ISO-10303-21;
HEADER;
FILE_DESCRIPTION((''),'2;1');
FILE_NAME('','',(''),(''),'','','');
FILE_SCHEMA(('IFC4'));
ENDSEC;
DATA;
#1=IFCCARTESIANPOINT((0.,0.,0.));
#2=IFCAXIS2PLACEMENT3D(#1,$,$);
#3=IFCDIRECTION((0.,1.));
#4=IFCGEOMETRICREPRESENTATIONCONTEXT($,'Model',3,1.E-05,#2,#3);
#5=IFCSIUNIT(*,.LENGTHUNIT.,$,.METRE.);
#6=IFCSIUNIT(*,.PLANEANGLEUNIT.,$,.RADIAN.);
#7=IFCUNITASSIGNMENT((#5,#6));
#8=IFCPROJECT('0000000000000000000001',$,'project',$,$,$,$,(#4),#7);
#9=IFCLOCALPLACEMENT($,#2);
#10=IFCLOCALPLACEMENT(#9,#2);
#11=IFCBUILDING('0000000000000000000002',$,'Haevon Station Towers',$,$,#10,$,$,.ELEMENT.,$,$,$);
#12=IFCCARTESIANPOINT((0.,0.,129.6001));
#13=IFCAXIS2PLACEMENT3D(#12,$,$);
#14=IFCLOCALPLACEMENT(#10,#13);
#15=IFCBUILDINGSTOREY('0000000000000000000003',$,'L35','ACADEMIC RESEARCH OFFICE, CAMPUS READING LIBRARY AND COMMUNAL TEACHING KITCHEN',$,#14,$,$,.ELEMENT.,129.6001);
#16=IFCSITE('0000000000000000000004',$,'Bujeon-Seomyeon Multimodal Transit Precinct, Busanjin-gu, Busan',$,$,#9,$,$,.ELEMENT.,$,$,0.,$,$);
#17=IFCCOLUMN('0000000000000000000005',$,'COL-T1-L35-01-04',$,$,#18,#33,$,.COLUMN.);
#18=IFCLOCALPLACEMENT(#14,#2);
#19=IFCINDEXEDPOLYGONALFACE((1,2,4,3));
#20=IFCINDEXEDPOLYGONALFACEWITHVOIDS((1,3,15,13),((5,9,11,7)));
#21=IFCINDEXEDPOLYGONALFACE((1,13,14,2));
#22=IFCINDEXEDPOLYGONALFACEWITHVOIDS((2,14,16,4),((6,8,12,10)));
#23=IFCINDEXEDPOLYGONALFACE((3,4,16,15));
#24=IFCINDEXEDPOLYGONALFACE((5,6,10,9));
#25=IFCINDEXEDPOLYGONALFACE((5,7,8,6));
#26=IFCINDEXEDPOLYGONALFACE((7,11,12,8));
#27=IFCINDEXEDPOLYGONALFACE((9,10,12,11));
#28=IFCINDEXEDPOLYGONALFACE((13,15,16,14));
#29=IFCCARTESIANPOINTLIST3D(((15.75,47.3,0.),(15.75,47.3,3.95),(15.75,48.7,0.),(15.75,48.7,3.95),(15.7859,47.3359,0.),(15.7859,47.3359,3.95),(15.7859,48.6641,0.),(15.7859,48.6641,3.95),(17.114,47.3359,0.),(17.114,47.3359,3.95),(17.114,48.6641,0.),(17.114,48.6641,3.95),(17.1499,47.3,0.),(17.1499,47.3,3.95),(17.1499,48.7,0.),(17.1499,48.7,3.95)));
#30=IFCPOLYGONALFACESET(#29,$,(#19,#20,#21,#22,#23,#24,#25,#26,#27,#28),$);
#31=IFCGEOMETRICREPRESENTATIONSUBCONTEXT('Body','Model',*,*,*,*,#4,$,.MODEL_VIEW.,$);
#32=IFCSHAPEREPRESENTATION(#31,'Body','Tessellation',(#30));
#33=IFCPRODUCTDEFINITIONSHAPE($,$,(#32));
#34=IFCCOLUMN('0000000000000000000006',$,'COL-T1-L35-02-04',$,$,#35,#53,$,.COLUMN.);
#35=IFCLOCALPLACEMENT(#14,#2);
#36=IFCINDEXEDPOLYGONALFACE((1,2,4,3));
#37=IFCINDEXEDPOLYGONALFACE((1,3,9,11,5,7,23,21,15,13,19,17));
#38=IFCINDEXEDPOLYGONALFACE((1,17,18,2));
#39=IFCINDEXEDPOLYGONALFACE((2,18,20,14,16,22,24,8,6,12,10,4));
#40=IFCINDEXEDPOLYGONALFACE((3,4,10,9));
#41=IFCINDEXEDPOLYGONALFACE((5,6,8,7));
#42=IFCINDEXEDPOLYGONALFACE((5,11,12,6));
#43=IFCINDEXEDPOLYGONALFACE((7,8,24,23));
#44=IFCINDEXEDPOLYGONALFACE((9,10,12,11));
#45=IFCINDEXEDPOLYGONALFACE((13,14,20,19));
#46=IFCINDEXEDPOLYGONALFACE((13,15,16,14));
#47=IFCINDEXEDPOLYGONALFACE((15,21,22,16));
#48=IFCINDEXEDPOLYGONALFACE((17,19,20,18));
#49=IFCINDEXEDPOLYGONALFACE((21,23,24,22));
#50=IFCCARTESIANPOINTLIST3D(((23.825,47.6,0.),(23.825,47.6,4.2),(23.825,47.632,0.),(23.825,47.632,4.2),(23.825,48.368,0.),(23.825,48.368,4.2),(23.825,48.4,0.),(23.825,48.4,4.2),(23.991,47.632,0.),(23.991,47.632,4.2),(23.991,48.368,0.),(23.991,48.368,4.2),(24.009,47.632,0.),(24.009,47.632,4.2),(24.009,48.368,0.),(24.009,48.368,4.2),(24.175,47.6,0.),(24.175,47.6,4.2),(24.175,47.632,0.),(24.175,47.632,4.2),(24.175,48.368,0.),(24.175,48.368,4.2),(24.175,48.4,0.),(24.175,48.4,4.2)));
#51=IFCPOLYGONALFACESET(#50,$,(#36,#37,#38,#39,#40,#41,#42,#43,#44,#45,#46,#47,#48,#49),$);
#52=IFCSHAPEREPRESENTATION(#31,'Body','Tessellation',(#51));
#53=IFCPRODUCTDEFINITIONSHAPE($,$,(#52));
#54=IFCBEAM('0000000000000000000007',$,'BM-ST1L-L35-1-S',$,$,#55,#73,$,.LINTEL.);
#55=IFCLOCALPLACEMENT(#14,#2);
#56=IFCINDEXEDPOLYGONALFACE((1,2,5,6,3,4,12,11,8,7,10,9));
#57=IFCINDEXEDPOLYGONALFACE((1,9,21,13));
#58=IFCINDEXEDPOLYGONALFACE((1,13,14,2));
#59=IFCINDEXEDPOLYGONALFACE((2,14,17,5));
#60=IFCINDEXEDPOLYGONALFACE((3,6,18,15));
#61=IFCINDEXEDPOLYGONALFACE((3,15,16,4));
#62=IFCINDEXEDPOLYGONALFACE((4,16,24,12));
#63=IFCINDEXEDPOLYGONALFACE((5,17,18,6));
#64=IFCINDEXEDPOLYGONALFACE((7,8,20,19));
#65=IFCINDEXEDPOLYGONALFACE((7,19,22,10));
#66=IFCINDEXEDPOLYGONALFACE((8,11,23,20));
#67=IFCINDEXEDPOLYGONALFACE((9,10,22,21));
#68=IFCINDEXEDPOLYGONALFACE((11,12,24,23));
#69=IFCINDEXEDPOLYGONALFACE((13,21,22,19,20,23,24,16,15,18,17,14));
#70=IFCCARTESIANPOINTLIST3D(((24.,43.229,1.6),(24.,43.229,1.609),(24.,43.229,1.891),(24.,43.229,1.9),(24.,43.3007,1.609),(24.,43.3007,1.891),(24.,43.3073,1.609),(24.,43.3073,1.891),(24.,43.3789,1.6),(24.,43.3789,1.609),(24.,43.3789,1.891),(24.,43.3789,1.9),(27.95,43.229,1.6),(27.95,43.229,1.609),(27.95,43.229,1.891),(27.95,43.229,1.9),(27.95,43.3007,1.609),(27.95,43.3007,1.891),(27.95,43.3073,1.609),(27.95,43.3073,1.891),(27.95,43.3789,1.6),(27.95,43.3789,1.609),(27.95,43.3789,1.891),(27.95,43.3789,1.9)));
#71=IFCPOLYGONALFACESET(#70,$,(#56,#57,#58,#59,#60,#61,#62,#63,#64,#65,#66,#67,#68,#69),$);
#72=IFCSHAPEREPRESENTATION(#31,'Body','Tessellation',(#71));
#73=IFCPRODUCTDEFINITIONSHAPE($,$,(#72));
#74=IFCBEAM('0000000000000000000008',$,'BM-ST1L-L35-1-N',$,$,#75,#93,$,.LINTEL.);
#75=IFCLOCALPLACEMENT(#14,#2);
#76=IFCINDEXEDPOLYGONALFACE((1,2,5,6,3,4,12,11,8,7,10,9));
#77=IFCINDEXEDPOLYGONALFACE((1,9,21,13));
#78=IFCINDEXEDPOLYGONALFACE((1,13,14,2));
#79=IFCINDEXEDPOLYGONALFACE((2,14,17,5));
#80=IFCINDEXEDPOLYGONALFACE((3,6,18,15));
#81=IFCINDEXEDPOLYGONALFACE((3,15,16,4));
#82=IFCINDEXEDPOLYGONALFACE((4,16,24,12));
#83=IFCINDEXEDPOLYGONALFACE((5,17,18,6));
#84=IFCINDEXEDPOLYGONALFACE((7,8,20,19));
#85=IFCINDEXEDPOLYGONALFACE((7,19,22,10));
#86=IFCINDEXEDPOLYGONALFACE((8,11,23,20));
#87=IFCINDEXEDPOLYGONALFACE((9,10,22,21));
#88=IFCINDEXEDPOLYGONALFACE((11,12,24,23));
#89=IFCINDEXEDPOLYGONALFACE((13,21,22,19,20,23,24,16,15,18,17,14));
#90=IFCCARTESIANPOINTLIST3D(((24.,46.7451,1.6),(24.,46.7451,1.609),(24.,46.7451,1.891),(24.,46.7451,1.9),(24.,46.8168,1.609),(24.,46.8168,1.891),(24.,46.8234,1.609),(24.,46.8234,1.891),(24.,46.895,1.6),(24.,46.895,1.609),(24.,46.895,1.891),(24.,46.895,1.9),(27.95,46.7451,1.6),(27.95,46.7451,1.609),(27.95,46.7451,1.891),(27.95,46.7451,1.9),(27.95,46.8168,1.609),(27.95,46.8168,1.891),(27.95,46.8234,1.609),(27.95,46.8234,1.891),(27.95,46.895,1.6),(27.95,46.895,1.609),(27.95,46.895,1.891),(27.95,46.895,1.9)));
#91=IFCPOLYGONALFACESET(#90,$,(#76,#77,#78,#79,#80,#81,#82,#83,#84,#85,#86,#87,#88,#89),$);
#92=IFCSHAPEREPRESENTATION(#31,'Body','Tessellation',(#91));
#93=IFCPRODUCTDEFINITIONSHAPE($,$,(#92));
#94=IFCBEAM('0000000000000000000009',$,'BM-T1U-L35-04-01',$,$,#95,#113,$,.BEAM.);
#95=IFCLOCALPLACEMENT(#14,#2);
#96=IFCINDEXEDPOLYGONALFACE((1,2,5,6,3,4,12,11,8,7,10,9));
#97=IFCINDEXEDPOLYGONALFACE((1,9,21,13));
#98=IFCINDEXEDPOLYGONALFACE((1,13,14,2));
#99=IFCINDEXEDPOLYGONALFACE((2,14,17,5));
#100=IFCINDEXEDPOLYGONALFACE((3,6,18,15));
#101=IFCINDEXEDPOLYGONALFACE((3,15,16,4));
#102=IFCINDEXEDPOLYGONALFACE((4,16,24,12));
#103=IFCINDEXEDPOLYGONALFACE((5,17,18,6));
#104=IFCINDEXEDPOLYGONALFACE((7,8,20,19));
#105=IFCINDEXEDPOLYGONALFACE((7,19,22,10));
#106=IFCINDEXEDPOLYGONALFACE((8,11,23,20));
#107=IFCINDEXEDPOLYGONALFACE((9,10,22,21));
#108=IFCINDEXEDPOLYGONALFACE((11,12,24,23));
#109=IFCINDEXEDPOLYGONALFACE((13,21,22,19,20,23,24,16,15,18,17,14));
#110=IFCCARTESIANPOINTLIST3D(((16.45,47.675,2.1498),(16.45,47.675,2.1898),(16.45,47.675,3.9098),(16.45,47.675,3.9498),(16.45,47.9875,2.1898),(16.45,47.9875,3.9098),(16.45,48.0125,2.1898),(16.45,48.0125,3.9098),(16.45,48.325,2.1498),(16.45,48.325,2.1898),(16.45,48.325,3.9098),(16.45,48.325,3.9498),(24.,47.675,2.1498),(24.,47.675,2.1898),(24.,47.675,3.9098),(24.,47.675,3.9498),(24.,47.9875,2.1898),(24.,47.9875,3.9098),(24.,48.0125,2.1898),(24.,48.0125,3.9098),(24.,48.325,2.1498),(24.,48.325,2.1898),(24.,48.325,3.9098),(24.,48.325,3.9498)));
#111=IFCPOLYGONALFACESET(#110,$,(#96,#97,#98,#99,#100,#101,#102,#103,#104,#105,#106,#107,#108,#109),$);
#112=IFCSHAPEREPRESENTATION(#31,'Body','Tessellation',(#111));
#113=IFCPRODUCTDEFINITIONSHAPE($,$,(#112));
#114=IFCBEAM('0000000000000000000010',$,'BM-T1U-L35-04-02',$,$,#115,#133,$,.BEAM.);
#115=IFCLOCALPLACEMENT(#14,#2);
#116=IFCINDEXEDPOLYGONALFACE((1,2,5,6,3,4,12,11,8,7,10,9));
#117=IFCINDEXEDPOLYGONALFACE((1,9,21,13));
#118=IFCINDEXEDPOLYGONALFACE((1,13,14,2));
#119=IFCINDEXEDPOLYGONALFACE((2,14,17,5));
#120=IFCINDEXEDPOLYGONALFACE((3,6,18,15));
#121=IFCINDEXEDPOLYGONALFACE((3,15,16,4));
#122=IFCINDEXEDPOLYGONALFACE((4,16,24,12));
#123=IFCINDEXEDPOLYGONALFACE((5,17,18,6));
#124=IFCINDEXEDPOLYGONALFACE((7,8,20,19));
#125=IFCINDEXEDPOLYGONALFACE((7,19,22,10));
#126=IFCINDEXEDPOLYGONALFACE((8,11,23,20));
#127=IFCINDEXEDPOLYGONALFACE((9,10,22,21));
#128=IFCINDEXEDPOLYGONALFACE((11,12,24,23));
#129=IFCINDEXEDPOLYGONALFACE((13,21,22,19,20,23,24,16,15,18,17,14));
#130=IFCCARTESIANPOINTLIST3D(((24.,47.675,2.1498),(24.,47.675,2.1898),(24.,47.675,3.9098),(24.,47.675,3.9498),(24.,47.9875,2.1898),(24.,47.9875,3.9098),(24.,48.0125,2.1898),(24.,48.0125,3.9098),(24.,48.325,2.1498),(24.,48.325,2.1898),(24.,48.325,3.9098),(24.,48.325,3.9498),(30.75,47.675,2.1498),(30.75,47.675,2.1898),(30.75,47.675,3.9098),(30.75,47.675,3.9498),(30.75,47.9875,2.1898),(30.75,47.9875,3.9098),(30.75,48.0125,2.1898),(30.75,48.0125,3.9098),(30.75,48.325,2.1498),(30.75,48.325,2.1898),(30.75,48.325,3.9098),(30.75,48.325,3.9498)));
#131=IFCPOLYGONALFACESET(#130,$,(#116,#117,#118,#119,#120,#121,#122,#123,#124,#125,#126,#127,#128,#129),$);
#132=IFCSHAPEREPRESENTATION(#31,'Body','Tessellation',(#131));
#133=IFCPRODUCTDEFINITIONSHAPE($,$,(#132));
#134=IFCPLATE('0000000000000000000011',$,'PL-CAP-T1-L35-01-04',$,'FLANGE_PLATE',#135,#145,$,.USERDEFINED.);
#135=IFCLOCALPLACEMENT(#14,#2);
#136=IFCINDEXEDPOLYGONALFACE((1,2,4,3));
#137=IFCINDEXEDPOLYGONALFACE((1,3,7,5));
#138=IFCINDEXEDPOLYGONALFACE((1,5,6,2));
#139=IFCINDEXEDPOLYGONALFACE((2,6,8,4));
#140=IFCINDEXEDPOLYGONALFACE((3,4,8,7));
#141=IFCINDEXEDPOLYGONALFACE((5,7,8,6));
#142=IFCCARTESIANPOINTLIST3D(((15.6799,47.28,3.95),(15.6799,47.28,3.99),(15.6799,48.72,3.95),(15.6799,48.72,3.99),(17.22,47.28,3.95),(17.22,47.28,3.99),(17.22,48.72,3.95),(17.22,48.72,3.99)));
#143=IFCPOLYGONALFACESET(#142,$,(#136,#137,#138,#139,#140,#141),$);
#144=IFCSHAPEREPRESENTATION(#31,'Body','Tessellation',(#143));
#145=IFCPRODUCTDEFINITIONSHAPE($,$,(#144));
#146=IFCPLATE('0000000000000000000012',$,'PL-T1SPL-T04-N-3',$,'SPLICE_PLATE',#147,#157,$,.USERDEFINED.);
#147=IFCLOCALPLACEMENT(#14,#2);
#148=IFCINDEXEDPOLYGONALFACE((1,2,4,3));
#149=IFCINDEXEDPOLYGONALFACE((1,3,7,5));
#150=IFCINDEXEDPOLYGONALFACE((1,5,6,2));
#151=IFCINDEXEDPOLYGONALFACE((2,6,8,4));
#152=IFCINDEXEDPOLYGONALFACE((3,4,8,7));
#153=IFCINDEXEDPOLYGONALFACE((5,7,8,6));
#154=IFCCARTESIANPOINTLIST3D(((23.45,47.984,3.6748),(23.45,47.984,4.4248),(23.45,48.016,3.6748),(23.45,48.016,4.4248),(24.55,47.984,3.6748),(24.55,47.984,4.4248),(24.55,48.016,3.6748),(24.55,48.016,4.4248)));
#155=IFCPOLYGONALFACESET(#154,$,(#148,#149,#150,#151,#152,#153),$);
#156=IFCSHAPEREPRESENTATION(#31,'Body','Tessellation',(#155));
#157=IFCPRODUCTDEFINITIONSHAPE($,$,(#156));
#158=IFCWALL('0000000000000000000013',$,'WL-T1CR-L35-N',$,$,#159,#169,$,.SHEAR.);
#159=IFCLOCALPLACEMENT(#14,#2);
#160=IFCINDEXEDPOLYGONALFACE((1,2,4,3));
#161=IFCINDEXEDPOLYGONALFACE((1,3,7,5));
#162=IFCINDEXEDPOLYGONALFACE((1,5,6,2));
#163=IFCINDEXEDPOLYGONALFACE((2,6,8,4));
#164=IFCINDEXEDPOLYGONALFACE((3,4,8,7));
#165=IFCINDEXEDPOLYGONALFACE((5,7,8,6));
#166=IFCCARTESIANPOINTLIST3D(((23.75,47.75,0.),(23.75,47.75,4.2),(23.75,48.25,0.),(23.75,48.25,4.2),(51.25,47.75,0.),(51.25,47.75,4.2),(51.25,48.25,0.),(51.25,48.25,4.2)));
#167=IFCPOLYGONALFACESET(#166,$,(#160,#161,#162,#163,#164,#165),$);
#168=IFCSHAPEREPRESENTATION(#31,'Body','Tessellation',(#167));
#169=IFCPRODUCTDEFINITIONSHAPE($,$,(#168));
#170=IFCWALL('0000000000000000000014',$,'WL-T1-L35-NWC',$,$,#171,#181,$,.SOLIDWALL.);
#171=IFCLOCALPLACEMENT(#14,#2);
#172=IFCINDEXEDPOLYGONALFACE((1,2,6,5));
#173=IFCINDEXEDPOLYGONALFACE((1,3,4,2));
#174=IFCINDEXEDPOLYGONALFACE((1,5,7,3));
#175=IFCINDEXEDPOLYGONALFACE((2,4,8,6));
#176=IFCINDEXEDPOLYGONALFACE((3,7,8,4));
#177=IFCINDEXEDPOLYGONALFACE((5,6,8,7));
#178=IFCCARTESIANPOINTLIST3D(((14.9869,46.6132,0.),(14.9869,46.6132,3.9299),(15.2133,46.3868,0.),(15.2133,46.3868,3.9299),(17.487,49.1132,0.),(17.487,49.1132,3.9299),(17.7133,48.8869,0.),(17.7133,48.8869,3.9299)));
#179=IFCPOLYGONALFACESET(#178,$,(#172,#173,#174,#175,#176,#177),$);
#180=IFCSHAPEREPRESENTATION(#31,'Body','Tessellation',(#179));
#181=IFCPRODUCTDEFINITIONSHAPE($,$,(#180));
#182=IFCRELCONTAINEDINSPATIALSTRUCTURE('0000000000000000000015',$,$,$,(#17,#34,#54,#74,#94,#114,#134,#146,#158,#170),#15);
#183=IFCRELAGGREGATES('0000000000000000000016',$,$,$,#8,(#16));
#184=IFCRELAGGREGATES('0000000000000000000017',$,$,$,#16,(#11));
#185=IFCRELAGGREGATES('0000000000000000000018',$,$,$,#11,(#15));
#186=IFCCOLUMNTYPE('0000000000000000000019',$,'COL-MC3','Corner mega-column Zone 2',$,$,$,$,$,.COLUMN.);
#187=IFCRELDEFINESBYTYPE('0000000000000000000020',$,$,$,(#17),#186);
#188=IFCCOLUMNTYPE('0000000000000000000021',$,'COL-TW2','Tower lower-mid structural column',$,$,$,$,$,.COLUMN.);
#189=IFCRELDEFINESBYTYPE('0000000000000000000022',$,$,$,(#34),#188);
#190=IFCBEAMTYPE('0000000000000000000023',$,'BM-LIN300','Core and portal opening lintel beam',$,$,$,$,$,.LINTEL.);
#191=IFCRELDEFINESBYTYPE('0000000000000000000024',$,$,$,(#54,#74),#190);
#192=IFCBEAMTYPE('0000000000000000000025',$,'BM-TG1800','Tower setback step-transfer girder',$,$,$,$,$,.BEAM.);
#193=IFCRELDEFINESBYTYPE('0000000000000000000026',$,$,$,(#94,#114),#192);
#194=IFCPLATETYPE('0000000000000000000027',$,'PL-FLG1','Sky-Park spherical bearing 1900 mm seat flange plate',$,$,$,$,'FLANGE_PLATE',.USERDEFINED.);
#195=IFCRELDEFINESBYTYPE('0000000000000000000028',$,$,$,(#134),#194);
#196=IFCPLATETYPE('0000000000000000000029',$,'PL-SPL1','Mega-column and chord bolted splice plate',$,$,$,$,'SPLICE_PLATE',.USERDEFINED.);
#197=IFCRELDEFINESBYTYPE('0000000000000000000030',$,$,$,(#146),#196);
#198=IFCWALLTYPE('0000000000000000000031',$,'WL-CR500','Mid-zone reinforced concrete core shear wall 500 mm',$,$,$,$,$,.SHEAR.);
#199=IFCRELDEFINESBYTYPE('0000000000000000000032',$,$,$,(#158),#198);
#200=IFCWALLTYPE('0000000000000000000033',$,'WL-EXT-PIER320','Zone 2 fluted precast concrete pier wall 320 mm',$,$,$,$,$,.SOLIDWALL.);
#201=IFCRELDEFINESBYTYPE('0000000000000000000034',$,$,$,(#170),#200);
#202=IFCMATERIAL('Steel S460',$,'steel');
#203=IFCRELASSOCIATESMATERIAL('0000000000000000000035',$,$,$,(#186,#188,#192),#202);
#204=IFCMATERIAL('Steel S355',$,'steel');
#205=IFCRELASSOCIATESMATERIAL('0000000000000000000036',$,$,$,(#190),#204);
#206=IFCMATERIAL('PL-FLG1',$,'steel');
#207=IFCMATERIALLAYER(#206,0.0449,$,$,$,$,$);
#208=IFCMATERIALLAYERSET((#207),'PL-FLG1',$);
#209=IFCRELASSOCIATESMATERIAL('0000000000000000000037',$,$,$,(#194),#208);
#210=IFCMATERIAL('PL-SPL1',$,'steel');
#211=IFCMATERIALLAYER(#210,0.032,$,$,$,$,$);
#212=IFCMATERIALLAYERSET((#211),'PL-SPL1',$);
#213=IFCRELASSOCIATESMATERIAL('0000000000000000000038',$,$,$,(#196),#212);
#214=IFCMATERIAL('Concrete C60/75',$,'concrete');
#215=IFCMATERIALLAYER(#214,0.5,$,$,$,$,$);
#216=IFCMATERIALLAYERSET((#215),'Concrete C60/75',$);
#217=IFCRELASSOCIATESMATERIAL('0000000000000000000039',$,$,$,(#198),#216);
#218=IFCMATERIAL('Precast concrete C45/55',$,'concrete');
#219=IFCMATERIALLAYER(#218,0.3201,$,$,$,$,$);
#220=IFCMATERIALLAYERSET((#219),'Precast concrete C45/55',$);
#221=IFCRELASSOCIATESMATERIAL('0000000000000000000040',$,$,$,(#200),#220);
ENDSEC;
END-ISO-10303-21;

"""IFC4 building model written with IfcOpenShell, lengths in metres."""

from ifc_helpers import new_model, si_unit, direction, frame, frame_2d, origin, origin_2d, place, context, subcontext, project, spatial, rectangle, hollow_rectangle, i_section, extrude, material, layer, layer_set, material_profile, profile_set, type_object, element, save


model = new_model("IFC4")

# Units and contexts
model_context = context("Model", 3, precision=1e-05, world=origin(), true_north=direction((0.0, 1.0)))
body_context = subcontext(model_context, "Body", "Model", "MODEL_VIEW")
ifc_project = project(units=[si_unit("LENGTHUNIT", "METRE"), si_unit("PLANEANGLEUNIT", "RADIAN")], contexts=[model_context])

# Site, building, storey
site_placement = place(None, origin())
site = spatial("IfcSite", under=ifc_project, at=site_placement, Name="Bujeon-Seomyeon Multimodal Transit Precinct, Busanjin-gu, Busan", CompositionType="ELEMENT", RefElevation=0.0)
building_placement = place(site_placement, origin())
building = spatial("IfcBuilding", under=site, at=building_placement, Name="Haevon Station Towers", CompositionType="ELEMENT")
storey_placement = place(building_placement, frame((0.0, 0.0, 129.6001)))
storey = spatial("IfcBuildingStorey", under=building, at=storey_placement, Name="L35", Description="ACADEMIC RESEARCH OFFICE, CAMPUS READING LIBRARY AND COMMUNAL TEACHING KITCHEN", CompositionType="ELEMENT", Elevation=129.6001)

# Columns
ifc_material_1 = material(Name="Steel S460", Category="steel")
ifc_material_profile_1 = material_profile(ifc_material_1, hollow_rectangle(XDim=1.3999, YDim=1.3999, WallThickness=0.0359, at=origin_2d()), Name="BOX-1400x1400x36")
ifc_profile_set_1 = profile_set([ifc_material_profile_1], Name="Steel S460")
column_type_1 = type_object("IfcColumnType", Name="COL-MC3", Description="Corner mega-column Zone 2", PredefinedType="COLUMN", material=ifc_profile_set_1)
column_1_placement = place(storey_placement, frame((16.45, 48.0, 0.0), z_axis=(0.0, 0.0, 1.0), x_axis=(1.0, 0.0, 0.0)))
element("IfcColumn", 1, at=column_1_placement, inside=storey, type_object=column_type_1, Name="COL-T1-L35-01-04", PredefinedType="COLUMN", context=body_context, shape_type="SweptSolid", body=[
    extrude(hollow_rectangle(XDim=1.3999, YDim=1.3999, WallThickness=0.0359, at=origin_2d()), origin(), (0.0, 0.0, 1.0), 3.95),
])
ifc_material_profile_2 = material_profile(ifc_material_1, i_section(OverallWidth=0.3501, OverallDepth=0.8, WebThickness=0.0181, FlangeThickness=0.032, at=origin_2d()), Name="H-800x350x18x32")
ifc_profile_set_2 = profile_set([ifc_material_profile_2], Name="Steel S460")
column_type_2 = type_object("IfcColumnType", Name="COL-TW2", Description="Tower lower-mid structural column", PredefinedType="COLUMN", material=ifc_profile_set_2)
column_2_placement = place(storey_placement, frame((24.0, 48.0, 0.0), z_axis=(0.0, 0.0, 1.0), x_axis=(1.0, 0.0, 0.0)))
element("IfcColumn", 2, at=column_2_placement, inside=storey, type_object=column_type_2, Name="COL-T1-L35-02-04", PredefinedType="COLUMN", context=body_context, shape_type="SweptSolid", body=[
    extrude(i_section(OverallWidth=0.3501, OverallDepth=0.8, WebThickness=0.0181, FlangeThickness=0.032, at=origin_2d()), origin(), (0.0, 0.0, 1.0), 4.2),
])

# Beams
ifc_material_2 = material(Name="Steel S355", Category="steel")
ifc_material_profile_3 = material_profile(ifc_material_2, i_section(OverallWidth=0.1499, OverallDepth=0.3, WebThickness=0.0066, FlangeThickness=0.009, at=origin_2d()), Name="H-300x150x6.5x9")
ifc_profile_set_3 = profile_set([ifc_material_profile_3], Name="Steel S355")
beam_type_1 = type_object("IfcBeamType", Name="BM-LIN300", Description="Core and portal opening lintel beam", PredefinedType="LINTEL", material=ifc_profile_set_3)
for number, where, z_axis, x_axis, name in (
    (3, (24.0, 43.304, 1.75), (1.0, 0.0, 0.0), (0.0, 1.0, 0.0), "BM-ST1L-L35-1-S"),
    (4, (24.0, 46.8201, 1.75), (1.0, 0.0, 0.0), (0.0, 1.0, 0.0), "BM-ST1L-L35-1-N"),
):
    element("IfcBeam", number, at=place(storey_placement, frame(where, z_axis=z_axis, x_axis=x_axis)), inside=storey, type_object=beam_type_1, Name=name, PredefinedType="LINTEL", context=body_context, shape_type="SweptSolid", body=[
        extrude(i_section(OverallWidth=0.1499, OverallDepth=0.3, WebThickness=0.0066, FlangeThickness=0.009, at=origin_2d()), origin(), (0.0, 0.0, 1.0), 3.95),
    ])
ifc_material_profile_4 = material_profile(ifc_material_1, i_section(OverallWidth=0.6499, OverallDepth=1.8, WebThickness=0.0249, FlangeThickness=0.04, at=origin_2d()), Name="H-1800x650x25x40")
ifc_profile_set_4 = profile_set([ifc_material_profile_4], Name="Steel S460")
beam_type_2 = type_object("IfcBeamType", Name="BM-TG1800", Description="Tower setback step-transfer girder", PredefinedType="BEAM", material=ifc_profile_set_4)
beam_1_placement = place(storey_placement, frame((16.45, 48.0, 3.0498), z_axis=(1.0, 0.0, 0.0), x_axis=(0.0, 1.0, 0.0)))
element("IfcBeam", 5, at=beam_1_placement, inside=storey, type_object=beam_type_2, Name="BM-T1U-L35-04-01", PredefinedType="BEAM", context=body_context, shape_type="SweptSolid", body=[
    extrude(i_section(OverallWidth=0.6499, OverallDepth=1.8, WebThickness=0.0249, FlangeThickness=0.04, at=origin_2d()), origin(), (0.0, 0.0, 1.0), 7.55),
])
beam_2_placement = place(storey_placement, frame((24.0, 48.0, 3.0498), z_axis=(1.0, 0.0, 0.0), x_axis=(0.0, 1.0, 0.0)))
element("IfcBeam", 6, at=beam_2_placement, inside=storey, type_object=beam_type_2, Name="BM-T1U-L35-04-02", PredefinedType="BEAM", context=body_context, shape_type="SweptSolid", body=[
    extrude(i_section(OverallWidth=0.6499, OverallDepth=1.8, WebThickness=0.0249, FlangeThickness=0.04, at=origin_2d()), origin(), (0.0, 0.0, 1.0), 6.75),
])

# Plates
ifc_material_3 = material(Name="PL-FLG1", Category="steel")
ifc_layer_1 = layer(ifc_material_3, 0.0449)
ifc_layer_set_1 = layer_set([ifc_layer_1], Name="PL-FLG1")
plate_type_1 = type_object("IfcPlateType", Name="PL-FLG1", Description="Sky-Park spherical bearing 1900 mm seat flange plate", ElementType="FLANGE_PLATE", PredefinedType="USERDEFINED", material=ifc_layer_set_1)
plate_1_placement = place(storey_placement, frame((16.45, 48.0, 3.95), z_axis=(0.0, 0.0, 1.0), x_axis=(1.0, 0.0, 0.0)))
element("IfcPlate", 7, at=plate_1_placement, inside=storey, type_object=plate_type_1, Name="PL-CAP-T1-L35-01-04", ObjectType="FLANGE_PLATE", PredefinedType="USERDEFINED", context=body_context, shape_type="SweptSolid", body=[
    extrude(rectangle(XDim=1.54, YDim=1.4399, at=origin_2d()), origin(), (0.0, 0.0, 1.0), 0.04),
])
ifc_material_4 = material(Name="PL-SPL1", Category="steel")
ifc_layer_2 = layer(ifc_material_4, 0.032)
ifc_layer_set_2 = layer_set([ifc_layer_2], Name="PL-SPL1")
plate_type_2 = type_object("IfcPlateType", Name="PL-SPL1", Description="Mega-column and chord bolted splice plate", ElementType="SPLICE_PLATE", PredefinedType="USERDEFINED", material=ifc_layer_set_2)
plate_2_placement = place(storey_placement, frame((24.0, 48.0, 3.6748), z_axis=(0.0, 0.0, 1.0), x_axis=(1.0, 0.0, 0.0)))
element("IfcPlate", 8, at=plate_2_placement, inside=storey, type_object=plate_type_2, Name="PL-T1SPL-T04-N-3", ObjectType="SPLICE_PLATE", PredefinedType="USERDEFINED", context=body_context, shape_type="SweptSolid", body=[
    extrude(rectangle(XDim=1.1001, YDim=0.032, at=origin_2d()), origin(), (0.0, 0.0, 1.0), 0.75),
])

# Walls
ifc_material_5 = material(Name="Concrete C60/75", Category="concrete")
ifc_layer_3 = layer(ifc_material_5, 0.5)
ifc_layer_set_3 = layer_set([ifc_layer_3], Name="Concrete C60/75")
wall_type_1 = type_object("IfcWallType", Name="WL-CR500", Description="Mid-zone reinforced concrete core shear wall 500 mm", PredefinedType="SHEAR", material=ifc_layer_set_3)
wall_1_placement = place(storey_placement, frame((23.75, 48.0, 0.0), z_axis=(0.0, 0.0, 1.0), x_axis=(1.0, 0.0, 0.0)))
element("IfcWall", 9, at=wall_1_placement, inside=storey, type_object=wall_type_1, Name="WL-T1CR-L35-N", PredefinedType="SHEAR", context=body_context, shape_type="SweptSolid", body=[
    extrude(rectangle(XDim=27.5, YDim=0.5, at=frame_2d((13.75, 0.0))), origin(), (0.0, 0.0, 1.0), 4.2),
])
ifc_material_6 = material(Name="Precast concrete C45/55", Category="concrete")
ifc_layer_4 = layer(ifc_material_6, 0.3201)
ifc_layer_set_4 = layer_set([ifc_layer_4], Name="Precast concrete C45/55")
wall_type_2 = type_object("IfcWallType", Name="WL-EXT-PIER320", Description="Zone 2 fluted precast concrete pier wall 320 mm", PredefinedType="SOLIDWALL", material=ifc_layer_set_4)
wall_2_placement = place(storey_placement, frame((15.1001, 46.5, 0.0), z_axis=(0.0, 0.0, 1.0), x_axis=(0.707107, 0.707107, 0.0)))
element("IfcWall", 10, at=wall_2_placement, inside=storey, type_object=wall_type_2, Name="WL-T1-L35-NWC", PredefinedType="SOLIDWALL", context=body_context, shape_type="SweptSolid", body=[
    extrude(rectangle(XDim=3.5356, YDim=0.3201, at=frame_2d((1.7678, 0.0))), origin(), (0.0, 0.0, 1.0), 3.9299),
])

save(model, "model.ifc")
